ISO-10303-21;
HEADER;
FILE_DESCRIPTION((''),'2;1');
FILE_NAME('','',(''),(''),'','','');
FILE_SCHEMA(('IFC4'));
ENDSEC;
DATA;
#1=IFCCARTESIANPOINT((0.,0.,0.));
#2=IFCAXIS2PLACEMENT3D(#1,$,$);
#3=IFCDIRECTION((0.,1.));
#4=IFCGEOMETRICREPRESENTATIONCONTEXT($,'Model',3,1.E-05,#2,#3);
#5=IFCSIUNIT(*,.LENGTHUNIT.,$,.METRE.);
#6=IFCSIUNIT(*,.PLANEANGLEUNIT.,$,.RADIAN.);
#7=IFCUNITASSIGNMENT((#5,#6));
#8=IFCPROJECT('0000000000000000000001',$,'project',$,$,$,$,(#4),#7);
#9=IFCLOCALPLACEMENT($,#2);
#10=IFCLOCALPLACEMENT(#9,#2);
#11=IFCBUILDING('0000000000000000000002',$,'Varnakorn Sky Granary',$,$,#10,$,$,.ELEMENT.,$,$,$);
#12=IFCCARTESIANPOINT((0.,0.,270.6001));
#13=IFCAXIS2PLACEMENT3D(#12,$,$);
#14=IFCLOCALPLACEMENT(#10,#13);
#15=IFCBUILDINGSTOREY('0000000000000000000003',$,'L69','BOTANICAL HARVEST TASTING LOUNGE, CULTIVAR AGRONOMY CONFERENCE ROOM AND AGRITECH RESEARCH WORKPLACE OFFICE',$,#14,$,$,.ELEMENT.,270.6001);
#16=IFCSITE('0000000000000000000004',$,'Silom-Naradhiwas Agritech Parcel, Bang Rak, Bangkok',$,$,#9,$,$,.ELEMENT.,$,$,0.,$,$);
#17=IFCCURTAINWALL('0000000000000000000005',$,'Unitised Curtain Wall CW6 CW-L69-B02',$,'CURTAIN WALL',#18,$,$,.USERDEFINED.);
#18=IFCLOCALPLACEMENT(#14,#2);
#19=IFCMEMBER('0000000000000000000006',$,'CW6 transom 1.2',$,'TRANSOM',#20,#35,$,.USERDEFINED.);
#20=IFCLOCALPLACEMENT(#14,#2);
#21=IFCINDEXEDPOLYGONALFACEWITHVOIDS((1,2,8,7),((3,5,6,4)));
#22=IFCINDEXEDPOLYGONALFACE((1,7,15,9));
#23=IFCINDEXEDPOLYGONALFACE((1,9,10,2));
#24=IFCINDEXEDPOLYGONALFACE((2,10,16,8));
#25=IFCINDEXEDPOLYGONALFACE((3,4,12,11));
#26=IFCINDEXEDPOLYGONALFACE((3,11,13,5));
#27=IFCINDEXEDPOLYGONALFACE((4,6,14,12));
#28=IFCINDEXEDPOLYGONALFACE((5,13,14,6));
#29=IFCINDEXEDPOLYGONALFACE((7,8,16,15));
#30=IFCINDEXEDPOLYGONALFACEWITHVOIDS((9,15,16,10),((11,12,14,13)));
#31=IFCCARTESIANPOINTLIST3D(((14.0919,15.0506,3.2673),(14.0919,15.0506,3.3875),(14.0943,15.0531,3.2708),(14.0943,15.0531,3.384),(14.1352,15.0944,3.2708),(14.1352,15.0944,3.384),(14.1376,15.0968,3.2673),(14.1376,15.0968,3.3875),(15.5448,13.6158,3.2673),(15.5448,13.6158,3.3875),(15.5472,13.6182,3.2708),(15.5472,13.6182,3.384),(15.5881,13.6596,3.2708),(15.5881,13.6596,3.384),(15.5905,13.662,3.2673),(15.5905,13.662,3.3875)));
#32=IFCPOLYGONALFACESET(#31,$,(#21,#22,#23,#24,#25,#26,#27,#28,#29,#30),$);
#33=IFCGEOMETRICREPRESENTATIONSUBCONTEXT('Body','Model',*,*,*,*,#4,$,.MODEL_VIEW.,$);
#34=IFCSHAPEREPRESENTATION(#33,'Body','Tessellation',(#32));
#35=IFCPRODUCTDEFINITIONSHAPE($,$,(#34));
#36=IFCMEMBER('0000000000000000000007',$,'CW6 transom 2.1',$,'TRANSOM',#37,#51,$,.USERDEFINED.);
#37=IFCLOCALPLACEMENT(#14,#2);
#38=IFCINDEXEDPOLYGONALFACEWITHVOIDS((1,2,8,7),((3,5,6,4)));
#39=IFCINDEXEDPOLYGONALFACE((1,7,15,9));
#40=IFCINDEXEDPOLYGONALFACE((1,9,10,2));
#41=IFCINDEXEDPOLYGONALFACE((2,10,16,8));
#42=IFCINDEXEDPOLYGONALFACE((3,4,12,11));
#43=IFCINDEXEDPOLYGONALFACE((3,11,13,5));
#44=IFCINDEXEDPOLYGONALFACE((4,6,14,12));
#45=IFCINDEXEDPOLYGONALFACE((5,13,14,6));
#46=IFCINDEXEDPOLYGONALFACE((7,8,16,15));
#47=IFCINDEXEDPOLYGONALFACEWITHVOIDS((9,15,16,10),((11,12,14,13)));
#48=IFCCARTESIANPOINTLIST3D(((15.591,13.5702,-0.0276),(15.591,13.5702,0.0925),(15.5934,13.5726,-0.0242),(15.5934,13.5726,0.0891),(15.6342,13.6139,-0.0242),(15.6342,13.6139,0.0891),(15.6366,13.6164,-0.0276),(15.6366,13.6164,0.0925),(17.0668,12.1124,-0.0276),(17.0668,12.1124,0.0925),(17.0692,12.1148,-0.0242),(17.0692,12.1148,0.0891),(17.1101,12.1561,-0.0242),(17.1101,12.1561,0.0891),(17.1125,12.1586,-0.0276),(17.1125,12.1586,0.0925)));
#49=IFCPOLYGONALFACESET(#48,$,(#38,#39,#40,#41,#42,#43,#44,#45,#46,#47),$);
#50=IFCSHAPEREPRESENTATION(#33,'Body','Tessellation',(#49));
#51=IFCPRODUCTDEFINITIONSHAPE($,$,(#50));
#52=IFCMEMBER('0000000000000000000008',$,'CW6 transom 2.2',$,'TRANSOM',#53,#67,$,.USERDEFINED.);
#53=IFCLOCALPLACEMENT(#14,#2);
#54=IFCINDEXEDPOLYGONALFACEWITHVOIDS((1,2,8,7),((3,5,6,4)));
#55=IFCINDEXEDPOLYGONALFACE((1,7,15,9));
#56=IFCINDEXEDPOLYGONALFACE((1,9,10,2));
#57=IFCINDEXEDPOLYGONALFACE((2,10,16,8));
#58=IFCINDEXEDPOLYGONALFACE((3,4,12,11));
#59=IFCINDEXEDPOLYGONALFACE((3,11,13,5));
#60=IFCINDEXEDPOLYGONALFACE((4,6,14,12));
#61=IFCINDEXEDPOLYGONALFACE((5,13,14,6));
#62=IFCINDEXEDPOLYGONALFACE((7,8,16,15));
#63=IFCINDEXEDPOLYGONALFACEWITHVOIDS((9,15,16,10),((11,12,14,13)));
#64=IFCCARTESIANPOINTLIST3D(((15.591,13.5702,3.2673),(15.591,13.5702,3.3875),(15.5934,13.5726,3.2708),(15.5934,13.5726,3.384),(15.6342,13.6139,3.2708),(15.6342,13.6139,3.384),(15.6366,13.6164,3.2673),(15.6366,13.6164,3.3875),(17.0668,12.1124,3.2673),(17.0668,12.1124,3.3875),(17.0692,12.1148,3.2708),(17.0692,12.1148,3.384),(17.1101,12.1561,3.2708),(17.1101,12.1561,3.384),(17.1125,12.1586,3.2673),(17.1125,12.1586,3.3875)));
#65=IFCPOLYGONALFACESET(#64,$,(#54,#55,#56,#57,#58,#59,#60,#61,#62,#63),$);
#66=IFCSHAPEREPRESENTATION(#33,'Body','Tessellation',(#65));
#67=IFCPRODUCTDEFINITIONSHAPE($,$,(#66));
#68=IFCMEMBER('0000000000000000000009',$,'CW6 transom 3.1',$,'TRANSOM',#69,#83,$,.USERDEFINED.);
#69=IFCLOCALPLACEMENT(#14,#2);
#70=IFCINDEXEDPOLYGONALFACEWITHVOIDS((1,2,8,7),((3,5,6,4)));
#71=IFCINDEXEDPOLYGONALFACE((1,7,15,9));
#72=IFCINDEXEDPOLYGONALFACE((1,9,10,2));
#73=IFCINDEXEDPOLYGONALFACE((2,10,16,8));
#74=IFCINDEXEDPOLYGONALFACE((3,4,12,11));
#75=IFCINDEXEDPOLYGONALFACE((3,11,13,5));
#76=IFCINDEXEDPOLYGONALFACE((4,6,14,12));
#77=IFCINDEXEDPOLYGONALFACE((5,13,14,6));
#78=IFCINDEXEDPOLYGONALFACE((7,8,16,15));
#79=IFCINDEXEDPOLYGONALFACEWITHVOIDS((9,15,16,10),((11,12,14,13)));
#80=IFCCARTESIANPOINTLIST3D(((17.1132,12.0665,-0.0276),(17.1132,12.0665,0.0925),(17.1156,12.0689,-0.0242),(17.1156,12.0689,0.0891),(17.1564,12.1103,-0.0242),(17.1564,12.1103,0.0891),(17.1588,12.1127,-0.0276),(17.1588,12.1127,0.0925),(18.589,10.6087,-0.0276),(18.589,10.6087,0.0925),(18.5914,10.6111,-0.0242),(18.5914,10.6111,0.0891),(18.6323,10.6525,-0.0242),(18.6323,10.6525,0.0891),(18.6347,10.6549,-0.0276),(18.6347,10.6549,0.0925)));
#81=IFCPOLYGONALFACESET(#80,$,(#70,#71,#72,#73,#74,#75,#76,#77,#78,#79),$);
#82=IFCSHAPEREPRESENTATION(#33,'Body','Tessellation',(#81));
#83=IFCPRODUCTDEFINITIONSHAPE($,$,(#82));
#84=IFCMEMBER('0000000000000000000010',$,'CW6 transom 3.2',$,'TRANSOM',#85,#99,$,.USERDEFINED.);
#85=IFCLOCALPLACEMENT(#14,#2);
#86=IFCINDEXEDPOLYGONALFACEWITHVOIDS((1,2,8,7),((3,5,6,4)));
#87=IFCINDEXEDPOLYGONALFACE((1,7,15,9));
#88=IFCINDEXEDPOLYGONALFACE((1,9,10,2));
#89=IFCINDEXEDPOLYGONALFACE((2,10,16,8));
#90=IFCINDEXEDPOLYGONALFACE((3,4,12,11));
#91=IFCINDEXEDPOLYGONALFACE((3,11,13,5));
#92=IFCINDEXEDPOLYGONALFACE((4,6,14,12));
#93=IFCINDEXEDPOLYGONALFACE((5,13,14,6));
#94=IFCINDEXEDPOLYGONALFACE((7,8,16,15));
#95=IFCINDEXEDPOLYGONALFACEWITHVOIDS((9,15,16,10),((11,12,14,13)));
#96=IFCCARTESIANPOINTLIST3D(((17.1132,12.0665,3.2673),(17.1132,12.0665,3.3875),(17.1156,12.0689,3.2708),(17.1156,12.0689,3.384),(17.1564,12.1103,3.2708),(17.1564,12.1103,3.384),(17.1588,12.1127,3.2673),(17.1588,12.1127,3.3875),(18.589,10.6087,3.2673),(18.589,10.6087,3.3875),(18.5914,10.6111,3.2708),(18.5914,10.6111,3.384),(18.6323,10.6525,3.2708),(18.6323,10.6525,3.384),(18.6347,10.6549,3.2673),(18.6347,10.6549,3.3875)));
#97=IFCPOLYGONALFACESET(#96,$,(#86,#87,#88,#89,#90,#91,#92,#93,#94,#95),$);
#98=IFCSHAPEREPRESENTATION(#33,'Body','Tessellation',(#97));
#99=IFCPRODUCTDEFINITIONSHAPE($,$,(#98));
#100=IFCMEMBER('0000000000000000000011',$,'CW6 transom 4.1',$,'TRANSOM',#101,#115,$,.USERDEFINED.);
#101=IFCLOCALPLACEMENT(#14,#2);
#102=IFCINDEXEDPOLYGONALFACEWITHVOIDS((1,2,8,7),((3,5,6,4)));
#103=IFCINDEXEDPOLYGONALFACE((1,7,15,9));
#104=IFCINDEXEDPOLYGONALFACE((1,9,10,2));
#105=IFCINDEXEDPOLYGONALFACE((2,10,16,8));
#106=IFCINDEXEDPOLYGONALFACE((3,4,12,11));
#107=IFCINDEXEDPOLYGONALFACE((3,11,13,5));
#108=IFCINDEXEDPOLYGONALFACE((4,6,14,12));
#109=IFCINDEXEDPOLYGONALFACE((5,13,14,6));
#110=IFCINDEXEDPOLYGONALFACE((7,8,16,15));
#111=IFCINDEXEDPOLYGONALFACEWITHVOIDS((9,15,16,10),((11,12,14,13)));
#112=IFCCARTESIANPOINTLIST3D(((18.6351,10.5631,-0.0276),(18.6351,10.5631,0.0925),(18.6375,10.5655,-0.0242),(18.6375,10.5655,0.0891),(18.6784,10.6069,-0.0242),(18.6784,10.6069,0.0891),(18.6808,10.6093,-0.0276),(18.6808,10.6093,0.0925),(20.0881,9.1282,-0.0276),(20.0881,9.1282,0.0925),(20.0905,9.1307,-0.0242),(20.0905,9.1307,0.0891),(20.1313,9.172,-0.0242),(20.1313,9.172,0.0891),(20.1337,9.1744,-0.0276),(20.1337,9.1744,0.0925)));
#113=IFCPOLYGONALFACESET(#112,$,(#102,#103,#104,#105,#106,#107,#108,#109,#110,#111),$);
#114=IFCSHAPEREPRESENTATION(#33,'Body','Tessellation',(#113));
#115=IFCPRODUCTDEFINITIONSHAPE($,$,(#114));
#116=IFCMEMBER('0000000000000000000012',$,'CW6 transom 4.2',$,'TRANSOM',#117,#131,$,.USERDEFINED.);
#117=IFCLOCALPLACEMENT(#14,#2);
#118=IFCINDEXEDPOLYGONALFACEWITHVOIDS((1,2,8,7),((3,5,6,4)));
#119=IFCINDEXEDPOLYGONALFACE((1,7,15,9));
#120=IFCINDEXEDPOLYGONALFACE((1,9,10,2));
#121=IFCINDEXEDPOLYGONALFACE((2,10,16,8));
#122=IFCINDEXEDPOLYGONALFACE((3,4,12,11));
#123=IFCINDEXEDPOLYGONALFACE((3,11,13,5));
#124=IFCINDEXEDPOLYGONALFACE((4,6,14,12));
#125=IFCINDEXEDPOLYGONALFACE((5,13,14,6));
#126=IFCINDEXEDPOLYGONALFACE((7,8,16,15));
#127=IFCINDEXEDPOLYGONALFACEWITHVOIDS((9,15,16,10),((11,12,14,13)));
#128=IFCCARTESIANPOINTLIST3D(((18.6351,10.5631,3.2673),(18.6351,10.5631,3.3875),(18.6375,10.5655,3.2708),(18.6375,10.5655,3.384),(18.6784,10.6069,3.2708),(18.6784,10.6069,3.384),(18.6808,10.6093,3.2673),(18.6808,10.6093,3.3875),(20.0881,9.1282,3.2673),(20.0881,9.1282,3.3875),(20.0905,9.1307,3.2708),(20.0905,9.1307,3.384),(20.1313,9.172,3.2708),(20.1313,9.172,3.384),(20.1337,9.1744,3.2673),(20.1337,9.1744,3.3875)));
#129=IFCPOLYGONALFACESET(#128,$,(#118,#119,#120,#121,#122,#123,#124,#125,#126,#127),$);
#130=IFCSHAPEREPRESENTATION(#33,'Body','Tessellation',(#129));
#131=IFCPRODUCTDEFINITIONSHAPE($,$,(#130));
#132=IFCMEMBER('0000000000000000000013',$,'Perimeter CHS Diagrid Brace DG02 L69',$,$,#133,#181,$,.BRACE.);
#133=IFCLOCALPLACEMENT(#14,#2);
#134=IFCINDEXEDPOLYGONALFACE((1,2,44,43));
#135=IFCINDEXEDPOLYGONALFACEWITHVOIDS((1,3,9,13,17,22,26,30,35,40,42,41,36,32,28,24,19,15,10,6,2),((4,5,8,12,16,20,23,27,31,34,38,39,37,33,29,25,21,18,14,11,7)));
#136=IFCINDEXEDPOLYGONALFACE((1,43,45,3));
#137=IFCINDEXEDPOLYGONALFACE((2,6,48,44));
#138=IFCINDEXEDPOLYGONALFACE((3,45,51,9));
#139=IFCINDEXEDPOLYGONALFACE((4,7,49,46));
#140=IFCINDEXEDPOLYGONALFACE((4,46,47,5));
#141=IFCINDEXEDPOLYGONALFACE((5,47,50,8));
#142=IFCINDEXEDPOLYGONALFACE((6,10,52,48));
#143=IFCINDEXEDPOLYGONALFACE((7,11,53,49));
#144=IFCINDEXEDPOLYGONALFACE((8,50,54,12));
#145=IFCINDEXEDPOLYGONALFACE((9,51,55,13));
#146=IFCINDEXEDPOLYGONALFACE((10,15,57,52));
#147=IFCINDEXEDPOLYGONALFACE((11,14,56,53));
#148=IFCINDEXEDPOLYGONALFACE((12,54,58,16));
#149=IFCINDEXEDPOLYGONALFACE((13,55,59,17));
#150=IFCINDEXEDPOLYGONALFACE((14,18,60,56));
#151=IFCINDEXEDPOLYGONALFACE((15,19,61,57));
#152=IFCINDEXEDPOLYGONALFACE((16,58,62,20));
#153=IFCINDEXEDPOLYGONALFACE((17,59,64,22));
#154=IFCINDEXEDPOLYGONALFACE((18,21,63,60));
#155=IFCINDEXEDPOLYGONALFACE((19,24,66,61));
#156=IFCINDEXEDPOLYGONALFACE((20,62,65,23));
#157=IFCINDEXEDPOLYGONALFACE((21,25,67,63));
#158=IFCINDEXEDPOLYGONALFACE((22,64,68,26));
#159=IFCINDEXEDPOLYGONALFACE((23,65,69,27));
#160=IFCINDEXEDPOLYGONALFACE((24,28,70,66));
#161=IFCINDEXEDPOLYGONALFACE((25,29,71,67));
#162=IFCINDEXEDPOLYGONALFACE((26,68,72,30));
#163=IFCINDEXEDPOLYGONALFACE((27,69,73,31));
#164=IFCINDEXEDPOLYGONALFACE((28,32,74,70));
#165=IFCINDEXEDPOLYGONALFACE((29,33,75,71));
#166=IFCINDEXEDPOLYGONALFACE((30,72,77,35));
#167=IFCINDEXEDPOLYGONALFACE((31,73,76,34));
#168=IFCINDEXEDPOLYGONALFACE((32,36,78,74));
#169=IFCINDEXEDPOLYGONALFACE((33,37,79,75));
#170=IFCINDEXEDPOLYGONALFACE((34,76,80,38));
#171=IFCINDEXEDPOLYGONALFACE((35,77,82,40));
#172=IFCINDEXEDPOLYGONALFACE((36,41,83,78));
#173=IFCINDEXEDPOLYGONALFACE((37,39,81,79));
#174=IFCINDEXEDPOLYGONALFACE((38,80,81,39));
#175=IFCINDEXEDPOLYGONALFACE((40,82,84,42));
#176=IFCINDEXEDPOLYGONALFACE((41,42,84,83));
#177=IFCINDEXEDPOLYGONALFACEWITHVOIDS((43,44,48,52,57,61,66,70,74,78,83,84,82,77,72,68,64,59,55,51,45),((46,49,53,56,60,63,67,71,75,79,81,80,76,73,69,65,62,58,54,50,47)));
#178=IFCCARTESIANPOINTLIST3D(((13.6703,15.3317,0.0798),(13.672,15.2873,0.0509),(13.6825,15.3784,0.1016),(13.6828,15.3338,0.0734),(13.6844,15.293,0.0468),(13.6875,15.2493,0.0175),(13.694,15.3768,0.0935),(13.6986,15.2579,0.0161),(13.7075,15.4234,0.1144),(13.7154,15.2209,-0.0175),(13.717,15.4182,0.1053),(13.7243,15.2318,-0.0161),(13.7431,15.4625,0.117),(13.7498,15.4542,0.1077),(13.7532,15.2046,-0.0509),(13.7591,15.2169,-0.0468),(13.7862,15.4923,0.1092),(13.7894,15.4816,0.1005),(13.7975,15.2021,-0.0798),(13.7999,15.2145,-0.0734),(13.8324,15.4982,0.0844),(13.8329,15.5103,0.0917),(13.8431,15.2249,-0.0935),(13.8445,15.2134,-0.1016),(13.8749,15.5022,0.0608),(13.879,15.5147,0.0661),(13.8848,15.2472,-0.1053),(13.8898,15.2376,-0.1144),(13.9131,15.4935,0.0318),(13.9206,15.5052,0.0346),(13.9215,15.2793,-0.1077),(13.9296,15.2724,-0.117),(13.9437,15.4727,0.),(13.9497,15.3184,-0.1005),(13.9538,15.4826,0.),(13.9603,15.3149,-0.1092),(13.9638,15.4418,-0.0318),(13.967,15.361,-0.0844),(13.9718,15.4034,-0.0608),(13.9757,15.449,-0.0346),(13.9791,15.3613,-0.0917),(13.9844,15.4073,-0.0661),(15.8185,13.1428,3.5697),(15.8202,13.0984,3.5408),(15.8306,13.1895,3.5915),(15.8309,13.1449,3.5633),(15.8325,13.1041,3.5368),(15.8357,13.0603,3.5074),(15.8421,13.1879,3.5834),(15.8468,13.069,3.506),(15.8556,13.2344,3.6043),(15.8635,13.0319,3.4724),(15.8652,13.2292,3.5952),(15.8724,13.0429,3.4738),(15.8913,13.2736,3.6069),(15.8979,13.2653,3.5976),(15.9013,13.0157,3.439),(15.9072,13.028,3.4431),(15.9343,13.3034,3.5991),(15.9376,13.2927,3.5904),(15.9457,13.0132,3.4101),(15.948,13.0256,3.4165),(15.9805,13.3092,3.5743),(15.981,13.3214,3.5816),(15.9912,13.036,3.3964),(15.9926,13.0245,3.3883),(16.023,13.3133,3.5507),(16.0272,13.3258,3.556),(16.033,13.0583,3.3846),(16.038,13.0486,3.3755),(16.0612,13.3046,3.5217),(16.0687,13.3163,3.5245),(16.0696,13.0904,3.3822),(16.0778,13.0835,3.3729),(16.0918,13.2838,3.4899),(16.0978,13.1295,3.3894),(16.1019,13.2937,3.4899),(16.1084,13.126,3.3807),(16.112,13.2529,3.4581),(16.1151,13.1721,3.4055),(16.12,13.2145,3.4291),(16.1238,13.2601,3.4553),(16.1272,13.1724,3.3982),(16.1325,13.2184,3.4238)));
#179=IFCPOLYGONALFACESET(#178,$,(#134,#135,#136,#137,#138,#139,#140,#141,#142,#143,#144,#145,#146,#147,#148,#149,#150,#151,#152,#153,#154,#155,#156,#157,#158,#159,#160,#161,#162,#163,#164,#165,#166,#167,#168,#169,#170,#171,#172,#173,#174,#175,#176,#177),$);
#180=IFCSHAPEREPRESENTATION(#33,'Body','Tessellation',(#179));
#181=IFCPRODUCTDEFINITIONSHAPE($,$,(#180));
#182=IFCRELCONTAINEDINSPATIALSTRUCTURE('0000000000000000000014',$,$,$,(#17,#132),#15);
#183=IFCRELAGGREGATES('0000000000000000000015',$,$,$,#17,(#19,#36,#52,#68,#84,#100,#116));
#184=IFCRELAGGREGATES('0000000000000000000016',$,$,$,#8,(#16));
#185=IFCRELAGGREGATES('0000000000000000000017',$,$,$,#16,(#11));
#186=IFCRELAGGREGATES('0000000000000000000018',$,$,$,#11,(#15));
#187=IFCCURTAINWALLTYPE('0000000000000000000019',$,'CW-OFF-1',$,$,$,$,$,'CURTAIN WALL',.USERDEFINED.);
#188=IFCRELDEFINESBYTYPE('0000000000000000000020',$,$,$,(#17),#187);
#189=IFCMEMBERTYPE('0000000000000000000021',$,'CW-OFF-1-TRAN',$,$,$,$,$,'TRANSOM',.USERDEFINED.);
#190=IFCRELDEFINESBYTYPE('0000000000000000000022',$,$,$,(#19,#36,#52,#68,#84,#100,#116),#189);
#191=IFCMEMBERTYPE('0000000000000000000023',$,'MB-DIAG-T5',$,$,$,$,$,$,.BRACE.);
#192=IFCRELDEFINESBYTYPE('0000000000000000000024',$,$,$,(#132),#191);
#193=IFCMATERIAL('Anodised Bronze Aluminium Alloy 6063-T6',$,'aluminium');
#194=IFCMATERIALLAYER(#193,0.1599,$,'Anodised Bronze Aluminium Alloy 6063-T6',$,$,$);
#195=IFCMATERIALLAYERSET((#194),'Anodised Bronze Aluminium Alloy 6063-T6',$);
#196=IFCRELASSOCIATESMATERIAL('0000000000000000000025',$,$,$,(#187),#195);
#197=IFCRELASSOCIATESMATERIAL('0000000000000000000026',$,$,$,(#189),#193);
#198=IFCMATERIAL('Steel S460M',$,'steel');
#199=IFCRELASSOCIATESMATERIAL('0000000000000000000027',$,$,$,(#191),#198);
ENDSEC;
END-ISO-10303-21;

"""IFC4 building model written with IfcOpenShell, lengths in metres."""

from ifc_helpers import new_model, si_unit, direction, frame, origin, origin_2d, place, context, subcontext, project, spatial, hollow_rectangle, hollow_circle, extrude, material, layer, layer_set, material_profile, profile_set, type_object, element, aggregate, save


model = new_model("IFC4")

# Units and contexts
model_context = context("Model", 3, precision=1e-05, world=origin(), true_north=direction((0.0, 1.0)))
body_context = subcontext(model_context, "Body", "Model", "MODEL_VIEW")
ifc_project = project(units=[si_unit("LENGTHUNIT", "METRE"), si_unit("PLANEANGLEUNIT", "RADIAN")], contexts=[model_context])

# Site, building, storey
site_placement = place(None, origin())
site = spatial("IfcSite", under=ifc_project, at=site_placement, Name="Silom-Naradhiwas Agritech Parcel, Bang Rak, Bangkok", CompositionType="ELEMENT", RefElevation=0.0)
building_placement = place(site_placement, origin())
building = spatial("IfcBuilding", under=site, at=building_placement, Name="Varnakorn Sky Granary", CompositionType="ELEMENT")
storey_placement = place(building_placement, frame((0.0, 0.0, 270.6001)))
storey = spatial("IfcBuildingStorey", under=building, at=storey_placement, Name="L69", Description="BOTANICAL HARVEST TASTING LOUNGE, CULTIVAR AGRONOMY CONFERENCE ROOM AND AGRITECH RESEARCH WORKPLACE OFFICE", CompositionType="ELEMENT", Elevation=270.6001)

# Shared definitions
ifc_material_1 = material(Name="Steel S460M", Category="steel")

# Curtain wall, members
ifc_material_2 = material(Name="Anodised Bronze Aluminium Alloy 6063-T6", Category="aluminium")
ifc_layer_1 = layer(ifc_material_2, 0.1599, Name="Anodised Bronze Aluminium Alloy 6063-T6")
ifc_layer_set_1 = layer_set([ifc_layer_1], Name="Anodised Bronze Aluminium Alloy 6063-T6")
curtain_wall_type = type_object("IfcCurtainWallType", Name="CW-OFF-1", ElementType="CURTAIN WALL", PredefinedType="USERDEFINED", material=ifc_layer_set_1)
curtain_wall_placement = place(storey_placement, origin())
curtain_wall = element("IfcCurtainWall", 1, at=curtain_wall_placement, inside=storey, type_object=curtain_wall_type, Name="Unitised Curtain Wall CW6 CW-L69-B02", ObjectType="CURTAIN WALL", PredefinedType="USERDEFINED")
ifc_material_profile_1 = material_profile(ifc_material_2, hollow_rectangle(XDim=0.0649, YDim=0.1201, WallThickness=0.0034, at=origin_2d()), Name="ALU TRAN 65x120")
ifc_profile_set_1 = profile_set([ifc_material_profile_1], Name="Anodised Bronze Aluminium Alloy 6063-T6")
member_type_1 = type_object("IfcMemberType", Name="CW-OFF-1-TRAN", ElementType="TRANSOM", PredefinedType="USERDEFINED", material=ifc_profile_set_1)
member_1_placement = place(storey_placement, frame((14.1147, 15.0737, 3.3274), z_axis=(0.711517, -0.702669, 0.0), x_axis=(0.702669, 0.711517, 0.0)))
member_1 = element("IfcMember", 2, at=member_1_placement, type_object=member_type_1, Name="CW6 transom 1.2", ObjectType="TRANSOM", PredefinedType="USERDEFINED", context=body_context, shape_type="SweptSolid", body=[
    extrude(hollow_rectangle(XDim=0.0649, YDim=0.1201, WallThickness=0.0034, at=origin_2d()), origin(), (0.0, 0.0, 1.0), 2.042),
])
member_2_placement = place(storey_placement, frame((15.6138, 13.5933, 0.0325), z_axis=(0.711448, -0.702739, 0.0), x_axis=(0.702739, 0.711448, 0.0)))
member_2 = element("IfcMember", 3, at=member_2_placement, type_object=member_type_1, Name="CW6 transom 2.1", ObjectType="TRANSOM", PredefinedType="USERDEFINED", context=body_context, shape_type="SweptSolid", body=[
    extrude(hollow_rectangle(XDim=0.0649, YDim=0.1201, WallThickness=0.0034, at=origin_2d()), origin(), (0.0, 0.0, 1.0), 2.0745),
])
member_3_placement = place(storey_placement, frame((15.6138, 13.5933, 3.3274), z_axis=(0.711448, -0.702739, 0.0), x_axis=(0.702739, 0.711448, 0.0)))
member_3 = element("IfcMember", 4, at=member_3_placement, type_object=member_type_1, Name="CW6 transom 2.2", ObjectType="TRANSOM", PredefinedType="USERDEFINED", context=body_context, shape_type="SweptSolid", body=[
    extrude(hollow_rectangle(XDim=0.0649, YDim=0.1201, WallThickness=0.0034, at=origin_2d()), origin(), (0.0, 0.0, 1.0), 2.0745),
])
member_4_placement = place(storey_placement, frame((17.136, 12.0896, 0.0325), z_axis=(0.711448, -0.702739, 0.0), x_axis=(0.702739, 0.711448, 0.0)))
member_4 = element("IfcMember", 5, at=member_4_placement, type_object=member_type_1, Name="CW6 transom 3.1", ObjectType="TRANSOM", PredefinedType="USERDEFINED", context=body_context, shape_type="SweptSolid", body=[
    extrude(hollow_rectangle(XDim=0.0649, YDim=0.1201, WallThickness=0.0034, at=origin_2d()), origin(), (0.0, 0.0, 1.0), 2.0745),
])
member_5_placement = place(storey_placement, frame((17.136, 12.0896, 3.3274), z_axis=(0.711448, -0.702739, 0.0), x_axis=(0.702739, 0.711448, 0.0)))
member_5 = element("IfcMember", 6, at=member_5_placement, type_object=member_type_1, Name="CW6 transom 3.2", ObjectType="TRANSOM", PredefinedType="USERDEFINED", context=body_context, shape_type="SweptSolid", body=[
    extrude(hollow_rectangle(XDim=0.0649, YDim=0.1201, WallThickness=0.0034, at=origin_2d()), origin(), (0.0, 0.0, 1.0), 2.0745),
])
member_6_placement = place(storey_placement, frame((18.658, 10.5862, 0.0325), z_axis=(0.711517, -0.702669, 0.0), x_axis=(0.702669, 0.711517, 0.0)))
member_6 = element("IfcMember", 7, at=member_6_placement, type_object=member_type_1, Name="CW6 transom 4.1", ObjectType="TRANSOM", PredefinedType="USERDEFINED", context=body_context, shape_type="SweptSolid", body=[
    extrude(hollow_rectangle(XDim=0.0649, YDim=0.1201, WallThickness=0.0034, at=origin_2d()), origin(), (0.0, 0.0, 1.0), 2.042),
])
member_7_placement = place(storey_placement, frame((18.658, 10.5862, 3.3274), z_axis=(0.711517, -0.702669, 0.0), x_axis=(0.702669, 0.711517, 0.0)))
member_7 = element("IfcMember", 8, at=member_7_placement, type_object=member_type_1, Name="CW6 transom 4.2", ObjectType="TRANSOM", PredefinedType="USERDEFINED", context=body_context, shape_type="SweptSolid", body=[
    extrude(hollow_rectangle(XDim=0.0649, YDim=0.1201, WallThickness=0.0034, at=origin_2d()), origin(), (0.0, 0.0, 1.0), 2.042),
])

# Member
ifc_material_profile_2 = material_profile(ifc_material_1, hollow_circle(Radius=0.1777, WallThickness=0.0142, at=origin_2d()), Name="CHS 355.6x14")
ifc_profile_set_2 = profile_set([ifc_material_profile_2], Name="Steel S460M")
member_type_2 = type_object("IfcMemberType", Name="MB-DIAG-T5", PredefinedType="BRACE", material=ifc_profile_set_2)
member_8_placement = place(storey_placement, frame((13.8269, 15.3582, 0.0), z_axis=(0.462364, -0.471139, 0.751164), x_axis=(0.713722, 0.700429, 0.0)))
element("IfcMember", 9, at=member_8_placement, inside=storey, type_object=member_type_2, Name="Perimeter CHS Diagrid Brace DG02 L69", PredefinedType="BRACE", context=body_context, shape_type="SweptSolid", body=[
    extrude(hollow_circle(Radius=0.1777, WallThickness=0.0142, at=origin_2d()), origin(), (0.0, 0.0, 1.0), 4.646),
])

aggregate(curtain_wall, [member_1, member_2, member_3, member_4, member_5, member_6, member_7])

save(model, "model.ifc")
